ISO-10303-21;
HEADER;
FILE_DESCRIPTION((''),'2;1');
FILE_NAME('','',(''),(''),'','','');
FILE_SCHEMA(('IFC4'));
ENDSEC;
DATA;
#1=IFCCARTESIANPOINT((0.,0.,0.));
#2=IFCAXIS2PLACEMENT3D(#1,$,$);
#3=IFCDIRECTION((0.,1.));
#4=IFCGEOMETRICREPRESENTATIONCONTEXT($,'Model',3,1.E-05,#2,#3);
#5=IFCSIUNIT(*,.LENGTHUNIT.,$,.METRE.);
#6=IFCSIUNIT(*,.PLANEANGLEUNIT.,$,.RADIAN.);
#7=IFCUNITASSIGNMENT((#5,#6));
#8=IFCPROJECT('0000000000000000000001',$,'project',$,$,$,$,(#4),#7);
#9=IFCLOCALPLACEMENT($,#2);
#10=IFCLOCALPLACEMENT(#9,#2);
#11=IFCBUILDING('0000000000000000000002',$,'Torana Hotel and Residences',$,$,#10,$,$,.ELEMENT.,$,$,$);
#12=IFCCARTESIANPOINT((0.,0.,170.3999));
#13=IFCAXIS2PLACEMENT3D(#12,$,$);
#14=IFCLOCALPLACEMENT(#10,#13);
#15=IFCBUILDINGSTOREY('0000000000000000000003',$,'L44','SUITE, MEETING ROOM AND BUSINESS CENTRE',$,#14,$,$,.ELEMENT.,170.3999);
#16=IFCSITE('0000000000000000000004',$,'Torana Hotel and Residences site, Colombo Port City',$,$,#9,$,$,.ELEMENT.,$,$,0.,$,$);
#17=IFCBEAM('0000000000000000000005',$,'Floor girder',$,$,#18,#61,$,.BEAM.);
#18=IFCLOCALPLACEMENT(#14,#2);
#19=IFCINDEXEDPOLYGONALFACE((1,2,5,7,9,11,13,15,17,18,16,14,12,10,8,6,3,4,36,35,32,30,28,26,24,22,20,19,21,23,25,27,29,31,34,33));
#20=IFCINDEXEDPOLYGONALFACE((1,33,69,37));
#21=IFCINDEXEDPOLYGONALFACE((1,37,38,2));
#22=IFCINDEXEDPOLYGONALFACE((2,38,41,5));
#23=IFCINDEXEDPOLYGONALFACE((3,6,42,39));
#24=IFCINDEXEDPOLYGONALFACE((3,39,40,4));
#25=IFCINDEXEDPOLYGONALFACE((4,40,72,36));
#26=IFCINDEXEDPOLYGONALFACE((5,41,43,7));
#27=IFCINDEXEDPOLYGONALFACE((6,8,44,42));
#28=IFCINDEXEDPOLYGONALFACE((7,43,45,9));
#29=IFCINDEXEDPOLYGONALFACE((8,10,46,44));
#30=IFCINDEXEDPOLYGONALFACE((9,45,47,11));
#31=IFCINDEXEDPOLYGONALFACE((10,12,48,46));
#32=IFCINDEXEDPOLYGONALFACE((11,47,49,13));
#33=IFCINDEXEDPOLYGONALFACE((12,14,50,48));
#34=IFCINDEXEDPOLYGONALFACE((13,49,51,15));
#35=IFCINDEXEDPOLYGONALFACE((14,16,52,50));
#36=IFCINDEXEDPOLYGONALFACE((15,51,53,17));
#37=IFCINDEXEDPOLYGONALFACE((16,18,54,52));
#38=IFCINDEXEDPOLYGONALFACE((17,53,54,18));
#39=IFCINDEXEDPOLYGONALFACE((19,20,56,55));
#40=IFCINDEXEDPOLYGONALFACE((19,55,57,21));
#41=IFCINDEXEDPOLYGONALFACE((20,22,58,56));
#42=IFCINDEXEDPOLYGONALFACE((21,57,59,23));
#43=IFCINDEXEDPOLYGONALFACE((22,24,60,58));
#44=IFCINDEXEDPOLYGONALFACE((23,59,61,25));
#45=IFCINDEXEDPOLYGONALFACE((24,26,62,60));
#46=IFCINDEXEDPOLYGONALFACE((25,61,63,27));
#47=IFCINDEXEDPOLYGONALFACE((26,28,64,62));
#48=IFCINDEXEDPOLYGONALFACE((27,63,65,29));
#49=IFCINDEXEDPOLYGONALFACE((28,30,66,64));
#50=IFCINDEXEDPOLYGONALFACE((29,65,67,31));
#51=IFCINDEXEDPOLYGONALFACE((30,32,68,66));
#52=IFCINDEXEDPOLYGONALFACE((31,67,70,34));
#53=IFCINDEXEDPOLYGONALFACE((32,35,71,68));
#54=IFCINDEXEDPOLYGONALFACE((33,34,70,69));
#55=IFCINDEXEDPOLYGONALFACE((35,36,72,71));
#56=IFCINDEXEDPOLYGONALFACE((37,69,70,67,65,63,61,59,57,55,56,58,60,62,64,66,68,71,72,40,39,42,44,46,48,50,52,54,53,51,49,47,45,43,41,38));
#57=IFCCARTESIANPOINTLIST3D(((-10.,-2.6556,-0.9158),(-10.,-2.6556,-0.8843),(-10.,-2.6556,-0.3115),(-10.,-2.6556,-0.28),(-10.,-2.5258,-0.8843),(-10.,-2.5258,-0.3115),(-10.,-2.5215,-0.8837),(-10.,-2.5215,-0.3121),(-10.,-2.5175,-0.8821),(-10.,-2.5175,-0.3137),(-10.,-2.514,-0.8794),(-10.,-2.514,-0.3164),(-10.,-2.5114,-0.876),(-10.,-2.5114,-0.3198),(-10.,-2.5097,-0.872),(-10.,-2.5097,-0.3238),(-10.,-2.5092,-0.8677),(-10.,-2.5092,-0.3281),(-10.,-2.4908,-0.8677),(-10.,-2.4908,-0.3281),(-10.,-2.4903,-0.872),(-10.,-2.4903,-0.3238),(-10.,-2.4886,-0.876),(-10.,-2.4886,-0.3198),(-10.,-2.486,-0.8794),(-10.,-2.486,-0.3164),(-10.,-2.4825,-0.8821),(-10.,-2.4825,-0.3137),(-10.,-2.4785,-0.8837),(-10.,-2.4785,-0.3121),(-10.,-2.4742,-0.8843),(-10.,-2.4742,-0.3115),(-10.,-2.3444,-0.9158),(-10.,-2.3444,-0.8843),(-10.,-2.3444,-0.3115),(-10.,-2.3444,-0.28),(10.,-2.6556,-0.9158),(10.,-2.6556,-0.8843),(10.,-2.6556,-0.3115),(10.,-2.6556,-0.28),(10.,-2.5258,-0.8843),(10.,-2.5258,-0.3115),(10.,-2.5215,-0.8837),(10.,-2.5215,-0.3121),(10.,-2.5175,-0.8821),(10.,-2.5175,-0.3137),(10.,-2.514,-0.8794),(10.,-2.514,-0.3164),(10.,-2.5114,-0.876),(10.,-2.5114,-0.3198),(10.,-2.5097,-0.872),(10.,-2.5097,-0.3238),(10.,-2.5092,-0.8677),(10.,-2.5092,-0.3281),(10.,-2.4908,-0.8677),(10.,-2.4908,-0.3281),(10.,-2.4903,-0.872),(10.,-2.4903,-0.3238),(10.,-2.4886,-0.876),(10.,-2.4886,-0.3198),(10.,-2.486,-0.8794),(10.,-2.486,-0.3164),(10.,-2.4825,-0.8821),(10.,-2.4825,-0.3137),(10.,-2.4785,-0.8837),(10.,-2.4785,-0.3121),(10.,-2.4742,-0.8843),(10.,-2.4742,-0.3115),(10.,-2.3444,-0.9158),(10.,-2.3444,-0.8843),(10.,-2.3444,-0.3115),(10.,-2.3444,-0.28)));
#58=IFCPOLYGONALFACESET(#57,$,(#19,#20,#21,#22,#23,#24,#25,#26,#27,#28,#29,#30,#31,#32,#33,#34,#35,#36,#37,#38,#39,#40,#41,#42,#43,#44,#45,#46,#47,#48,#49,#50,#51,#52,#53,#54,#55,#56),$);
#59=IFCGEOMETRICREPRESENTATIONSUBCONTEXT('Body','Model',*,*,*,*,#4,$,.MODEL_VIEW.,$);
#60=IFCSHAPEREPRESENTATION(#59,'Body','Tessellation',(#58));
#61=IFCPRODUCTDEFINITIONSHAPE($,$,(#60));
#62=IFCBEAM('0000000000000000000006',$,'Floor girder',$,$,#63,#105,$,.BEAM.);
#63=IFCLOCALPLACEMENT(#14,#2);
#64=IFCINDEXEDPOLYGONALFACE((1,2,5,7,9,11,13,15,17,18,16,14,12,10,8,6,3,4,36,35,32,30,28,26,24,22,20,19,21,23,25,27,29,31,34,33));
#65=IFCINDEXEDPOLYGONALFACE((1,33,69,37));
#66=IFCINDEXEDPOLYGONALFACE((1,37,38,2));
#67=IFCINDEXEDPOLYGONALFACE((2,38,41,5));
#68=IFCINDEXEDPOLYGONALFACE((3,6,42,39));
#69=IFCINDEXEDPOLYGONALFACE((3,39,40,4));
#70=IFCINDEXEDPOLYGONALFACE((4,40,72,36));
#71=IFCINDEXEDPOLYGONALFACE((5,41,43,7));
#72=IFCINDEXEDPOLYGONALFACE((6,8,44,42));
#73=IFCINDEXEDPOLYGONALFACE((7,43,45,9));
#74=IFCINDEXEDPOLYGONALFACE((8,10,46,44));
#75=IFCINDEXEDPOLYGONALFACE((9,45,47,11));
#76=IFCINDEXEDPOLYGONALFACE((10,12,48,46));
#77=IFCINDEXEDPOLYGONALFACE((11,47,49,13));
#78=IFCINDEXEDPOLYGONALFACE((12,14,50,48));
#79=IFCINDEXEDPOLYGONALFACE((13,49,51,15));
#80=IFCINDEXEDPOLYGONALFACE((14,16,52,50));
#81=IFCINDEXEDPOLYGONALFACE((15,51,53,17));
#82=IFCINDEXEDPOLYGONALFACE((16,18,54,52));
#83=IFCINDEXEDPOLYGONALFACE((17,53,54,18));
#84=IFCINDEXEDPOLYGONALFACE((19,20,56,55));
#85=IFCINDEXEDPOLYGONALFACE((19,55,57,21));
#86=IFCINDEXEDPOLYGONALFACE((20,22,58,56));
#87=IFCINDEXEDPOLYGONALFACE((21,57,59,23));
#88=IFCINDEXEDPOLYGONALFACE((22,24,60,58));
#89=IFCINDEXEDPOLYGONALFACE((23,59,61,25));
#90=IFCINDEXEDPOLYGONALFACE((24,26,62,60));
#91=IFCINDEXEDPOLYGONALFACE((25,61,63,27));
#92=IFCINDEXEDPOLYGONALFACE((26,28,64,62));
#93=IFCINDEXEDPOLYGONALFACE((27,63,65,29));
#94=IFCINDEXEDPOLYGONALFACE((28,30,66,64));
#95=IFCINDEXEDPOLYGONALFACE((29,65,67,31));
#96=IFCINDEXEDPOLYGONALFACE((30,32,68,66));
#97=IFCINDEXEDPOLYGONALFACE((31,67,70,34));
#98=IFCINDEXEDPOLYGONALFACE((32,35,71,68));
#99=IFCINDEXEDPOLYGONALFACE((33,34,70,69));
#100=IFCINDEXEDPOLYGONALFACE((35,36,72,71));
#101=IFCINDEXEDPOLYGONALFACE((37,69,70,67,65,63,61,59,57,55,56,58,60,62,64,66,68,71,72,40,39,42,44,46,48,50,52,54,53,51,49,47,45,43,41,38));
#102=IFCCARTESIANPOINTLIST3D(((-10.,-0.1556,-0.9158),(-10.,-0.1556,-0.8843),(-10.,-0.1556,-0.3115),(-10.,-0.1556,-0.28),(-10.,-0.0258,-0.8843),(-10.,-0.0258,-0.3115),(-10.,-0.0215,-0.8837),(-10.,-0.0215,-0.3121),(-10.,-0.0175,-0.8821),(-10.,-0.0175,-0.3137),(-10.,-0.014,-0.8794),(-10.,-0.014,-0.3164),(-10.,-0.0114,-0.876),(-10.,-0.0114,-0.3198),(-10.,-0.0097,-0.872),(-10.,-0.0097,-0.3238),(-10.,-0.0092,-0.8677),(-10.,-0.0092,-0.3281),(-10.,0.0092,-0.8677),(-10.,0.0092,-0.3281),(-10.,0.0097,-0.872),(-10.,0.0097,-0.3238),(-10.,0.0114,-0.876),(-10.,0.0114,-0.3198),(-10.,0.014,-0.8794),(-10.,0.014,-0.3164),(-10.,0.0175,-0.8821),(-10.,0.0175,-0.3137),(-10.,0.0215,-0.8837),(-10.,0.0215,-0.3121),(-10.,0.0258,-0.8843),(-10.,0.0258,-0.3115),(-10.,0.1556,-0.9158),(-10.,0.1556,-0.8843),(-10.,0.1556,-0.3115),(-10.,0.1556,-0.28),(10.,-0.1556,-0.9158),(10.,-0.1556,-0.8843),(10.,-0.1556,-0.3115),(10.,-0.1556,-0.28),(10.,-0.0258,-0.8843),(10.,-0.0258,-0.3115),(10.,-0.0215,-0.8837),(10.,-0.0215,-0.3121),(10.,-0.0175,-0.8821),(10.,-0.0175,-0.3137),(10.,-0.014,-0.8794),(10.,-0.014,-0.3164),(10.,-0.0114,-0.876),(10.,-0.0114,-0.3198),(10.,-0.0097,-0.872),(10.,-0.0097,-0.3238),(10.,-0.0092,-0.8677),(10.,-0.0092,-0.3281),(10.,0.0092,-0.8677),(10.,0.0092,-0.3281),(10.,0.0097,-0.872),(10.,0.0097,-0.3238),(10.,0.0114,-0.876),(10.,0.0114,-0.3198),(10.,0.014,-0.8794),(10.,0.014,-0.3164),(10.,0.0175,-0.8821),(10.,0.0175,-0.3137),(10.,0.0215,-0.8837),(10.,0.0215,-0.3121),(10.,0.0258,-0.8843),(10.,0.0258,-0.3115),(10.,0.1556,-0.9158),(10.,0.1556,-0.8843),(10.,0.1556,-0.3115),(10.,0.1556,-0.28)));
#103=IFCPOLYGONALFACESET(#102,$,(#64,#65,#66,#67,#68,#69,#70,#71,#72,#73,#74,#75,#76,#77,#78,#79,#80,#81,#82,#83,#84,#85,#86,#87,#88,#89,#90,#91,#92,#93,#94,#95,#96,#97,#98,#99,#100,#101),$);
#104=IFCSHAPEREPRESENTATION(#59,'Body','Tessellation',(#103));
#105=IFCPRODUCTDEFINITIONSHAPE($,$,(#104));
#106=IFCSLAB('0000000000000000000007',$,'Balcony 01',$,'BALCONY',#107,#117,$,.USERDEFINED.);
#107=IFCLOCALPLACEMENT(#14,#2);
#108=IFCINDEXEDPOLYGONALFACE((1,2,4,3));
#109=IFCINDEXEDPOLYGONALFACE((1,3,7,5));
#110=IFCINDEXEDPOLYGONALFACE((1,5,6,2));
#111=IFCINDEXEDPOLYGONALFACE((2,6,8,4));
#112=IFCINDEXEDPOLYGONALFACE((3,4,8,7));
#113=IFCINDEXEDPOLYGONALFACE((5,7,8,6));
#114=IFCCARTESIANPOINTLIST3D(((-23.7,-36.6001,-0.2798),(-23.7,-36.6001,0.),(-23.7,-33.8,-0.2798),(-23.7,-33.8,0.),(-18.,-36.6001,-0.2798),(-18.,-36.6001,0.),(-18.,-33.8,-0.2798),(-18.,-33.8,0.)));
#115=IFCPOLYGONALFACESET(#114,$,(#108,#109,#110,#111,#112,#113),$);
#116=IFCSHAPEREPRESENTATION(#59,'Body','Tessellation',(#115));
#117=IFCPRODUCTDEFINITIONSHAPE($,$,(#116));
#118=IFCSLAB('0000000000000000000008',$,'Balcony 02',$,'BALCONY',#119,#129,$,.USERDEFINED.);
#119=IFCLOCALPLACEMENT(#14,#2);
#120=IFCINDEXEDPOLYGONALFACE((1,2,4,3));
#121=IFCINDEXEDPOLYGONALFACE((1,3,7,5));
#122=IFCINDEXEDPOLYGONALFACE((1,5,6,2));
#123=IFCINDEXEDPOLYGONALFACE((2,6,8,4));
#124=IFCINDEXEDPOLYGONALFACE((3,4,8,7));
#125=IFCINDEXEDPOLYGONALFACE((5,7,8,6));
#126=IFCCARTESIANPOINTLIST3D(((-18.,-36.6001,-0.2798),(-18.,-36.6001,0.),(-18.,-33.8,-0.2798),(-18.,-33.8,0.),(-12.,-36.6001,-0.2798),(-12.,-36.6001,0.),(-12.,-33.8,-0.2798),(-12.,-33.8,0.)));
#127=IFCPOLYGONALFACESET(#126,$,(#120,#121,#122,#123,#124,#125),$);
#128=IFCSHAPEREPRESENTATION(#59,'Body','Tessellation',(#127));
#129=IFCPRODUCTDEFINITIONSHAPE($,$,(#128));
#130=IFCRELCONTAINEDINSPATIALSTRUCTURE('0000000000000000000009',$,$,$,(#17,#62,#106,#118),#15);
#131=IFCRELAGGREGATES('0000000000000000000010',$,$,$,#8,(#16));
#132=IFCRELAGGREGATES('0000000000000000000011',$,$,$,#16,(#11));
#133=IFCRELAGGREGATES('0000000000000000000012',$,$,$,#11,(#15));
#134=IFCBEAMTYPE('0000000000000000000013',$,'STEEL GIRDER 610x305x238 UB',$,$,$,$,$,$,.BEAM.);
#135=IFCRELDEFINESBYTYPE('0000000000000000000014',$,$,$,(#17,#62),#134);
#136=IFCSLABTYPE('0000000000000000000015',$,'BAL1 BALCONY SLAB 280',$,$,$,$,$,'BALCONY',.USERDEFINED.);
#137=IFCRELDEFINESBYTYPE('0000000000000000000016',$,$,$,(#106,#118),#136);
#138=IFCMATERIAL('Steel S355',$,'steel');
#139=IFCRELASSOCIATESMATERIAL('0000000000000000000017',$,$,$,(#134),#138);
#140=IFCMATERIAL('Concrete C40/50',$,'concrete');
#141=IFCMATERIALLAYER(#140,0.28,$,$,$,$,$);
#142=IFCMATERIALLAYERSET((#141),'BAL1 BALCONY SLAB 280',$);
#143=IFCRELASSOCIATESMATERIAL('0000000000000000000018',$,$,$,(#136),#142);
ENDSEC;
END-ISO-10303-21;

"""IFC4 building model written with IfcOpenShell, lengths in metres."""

from ifc_helpers import new_model, si_unit, direction, frame, origin, origin_2d, place, context, subcontext, project, spatial, polyline, i_section, outline, extrude, material, layer, layer_set, material_profile, profile_set, type_object, element, save


model = new_model("IFC4")

# Units and contexts
model_context = context("Model", 3, precision=1e-05, world=origin(), true_north=direction((0.0, 1.0)))
body_context = subcontext(model_context, "Body", "Model", "MODEL_VIEW")
ifc_project = project(units=[si_unit("LENGTHUNIT", "METRE"), si_unit("PLANEANGLEUNIT", "RADIAN")], contexts=[model_context])

# Site, building, storey
site_placement = place(None, origin())
site = spatial("IfcSite", under=ifc_project, at=site_placement, Name="Torana Hotel and Residences site, Colombo Port City", CompositionType="ELEMENT", RefElevation=0.0)
building_placement = place(site_placement, origin())
building = spatial("IfcBuilding", under=site, at=building_placement, Name="Torana Hotel and Residences", CompositionType="ELEMENT")
storey_placement = place(building_placement, frame((0.0, 0.0, 170.3999)))
storey = spatial("IfcBuildingStorey", under=building, at=storey_placement, Name="L44", Description="SUITE, MEETING ROOM AND BUSINESS CENTRE", CompositionType="ELEMENT", Elevation=170.3999)

# Beams
ifc_material_1 = material(Name="Steel S355", Category="steel")
ifc_material_profile = material_profile(ifc_material_1, i_section(OverallWidth=0.3113, OverallDepth=0.6357, WebThickness=0.0183, FlangeThickness=0.0315, FilletRadius=0.0166, at=origin_2d()), Name="610x305x238 UB")
ifc_profile_set = profile_set([ifc_material_profile], Name="Steel S355")
beam_type = type_object("IfcBeamType", Name="STEEL GIRDER 610x305x238 UB", PredefinedType="BEAM", material=ifc_profile_set)
for number, where, z_axis, x_axis, name in (
    (1, (-10.0, -2.5, -0.5979), (1.0, 0.0, 0.0), (0.0, 1.0, 0.0), "Floor girder"),
    (2, (-10.0, 0.0, -0.5979), (1.0, 0.0, 0.0), (0.0, 1.0, 0.0), "Floor girder"),
):
    element("IfcBeam", number, at=place(storey_placement, frame(where, z_axis=z_axis, x_axis=x_axis)), inside=storey, type_object=beam_type, Name=name, PredefinedType="BEAM", context=body_context, shape_type="SweptSolid", body=[
        extrude(i_section(OverallWidth=0.3113, OverallDepth=0.6357, WebThickness=0.0183, FlangeThickness=0.0315, FilletRadius=0.0166, at=origin_2d()), origin(), (0.0, 0.0, 1.0), 20.0),
    ])

# Slabs
ifc_material_2 = material(Name="Concrete C40/50", Category="concrete")
ifc_layer_1 = layer(ifc_material_2, 0.28)
ifc_layer_set_1 = layer_set([ifc_layer_1], Name="BAL1 BALCONY SLAB 280")
slab_type_1 = type_object("IfcSlabType", Name="BAL1 BALCONY SLAB 280", ElementType="BALCONY", PredefinedType="USERDEFINED", material=ifc_layer_set_1)
slab_1_placement = place(storey_placement, frame((0.0, 0.0, -0.2798)))
element("IfcSlab", 3, at=slab_1_placement, inside=storey, type_object=slab_type_1, Name="Balcony 01", ObjectType="BALCONY", PredefinedType="USERDEFINED", context=body_context, shape_type="SweptSolid", body=[
    extrude(outline(polyline([(-23.7, -36.6001), (-18.0, -36.6001), (-18.0, -33.8), (-23.7, -33.8), (-23.7, -36.6001)])), origin(), (0.0, 0.0, 1.0), 0.2798),
])
slab_2_placement = place(storey_placement, frame((0.0, 0.0, -0.2798)))
element("IfcSlab", 4, at=slab_2_placement, inside=storey, type_object=slab_type_1, Name="Balcony 02", ObjectType="BALCONY", PredefinedType="USERDEFINED", context=body_context, shape_type="SweptSolid", body=[
    extrude(outline(polyline([(-18.0, -36.6001), (-12.0, -36.6001), (-12.0, -33.8), (-18.0, -33.8), (-18.0, -36.6001)])), origin(), (0.0, 0.0, 1.0), 0.2798),
])

save(model, "model.ifc")
